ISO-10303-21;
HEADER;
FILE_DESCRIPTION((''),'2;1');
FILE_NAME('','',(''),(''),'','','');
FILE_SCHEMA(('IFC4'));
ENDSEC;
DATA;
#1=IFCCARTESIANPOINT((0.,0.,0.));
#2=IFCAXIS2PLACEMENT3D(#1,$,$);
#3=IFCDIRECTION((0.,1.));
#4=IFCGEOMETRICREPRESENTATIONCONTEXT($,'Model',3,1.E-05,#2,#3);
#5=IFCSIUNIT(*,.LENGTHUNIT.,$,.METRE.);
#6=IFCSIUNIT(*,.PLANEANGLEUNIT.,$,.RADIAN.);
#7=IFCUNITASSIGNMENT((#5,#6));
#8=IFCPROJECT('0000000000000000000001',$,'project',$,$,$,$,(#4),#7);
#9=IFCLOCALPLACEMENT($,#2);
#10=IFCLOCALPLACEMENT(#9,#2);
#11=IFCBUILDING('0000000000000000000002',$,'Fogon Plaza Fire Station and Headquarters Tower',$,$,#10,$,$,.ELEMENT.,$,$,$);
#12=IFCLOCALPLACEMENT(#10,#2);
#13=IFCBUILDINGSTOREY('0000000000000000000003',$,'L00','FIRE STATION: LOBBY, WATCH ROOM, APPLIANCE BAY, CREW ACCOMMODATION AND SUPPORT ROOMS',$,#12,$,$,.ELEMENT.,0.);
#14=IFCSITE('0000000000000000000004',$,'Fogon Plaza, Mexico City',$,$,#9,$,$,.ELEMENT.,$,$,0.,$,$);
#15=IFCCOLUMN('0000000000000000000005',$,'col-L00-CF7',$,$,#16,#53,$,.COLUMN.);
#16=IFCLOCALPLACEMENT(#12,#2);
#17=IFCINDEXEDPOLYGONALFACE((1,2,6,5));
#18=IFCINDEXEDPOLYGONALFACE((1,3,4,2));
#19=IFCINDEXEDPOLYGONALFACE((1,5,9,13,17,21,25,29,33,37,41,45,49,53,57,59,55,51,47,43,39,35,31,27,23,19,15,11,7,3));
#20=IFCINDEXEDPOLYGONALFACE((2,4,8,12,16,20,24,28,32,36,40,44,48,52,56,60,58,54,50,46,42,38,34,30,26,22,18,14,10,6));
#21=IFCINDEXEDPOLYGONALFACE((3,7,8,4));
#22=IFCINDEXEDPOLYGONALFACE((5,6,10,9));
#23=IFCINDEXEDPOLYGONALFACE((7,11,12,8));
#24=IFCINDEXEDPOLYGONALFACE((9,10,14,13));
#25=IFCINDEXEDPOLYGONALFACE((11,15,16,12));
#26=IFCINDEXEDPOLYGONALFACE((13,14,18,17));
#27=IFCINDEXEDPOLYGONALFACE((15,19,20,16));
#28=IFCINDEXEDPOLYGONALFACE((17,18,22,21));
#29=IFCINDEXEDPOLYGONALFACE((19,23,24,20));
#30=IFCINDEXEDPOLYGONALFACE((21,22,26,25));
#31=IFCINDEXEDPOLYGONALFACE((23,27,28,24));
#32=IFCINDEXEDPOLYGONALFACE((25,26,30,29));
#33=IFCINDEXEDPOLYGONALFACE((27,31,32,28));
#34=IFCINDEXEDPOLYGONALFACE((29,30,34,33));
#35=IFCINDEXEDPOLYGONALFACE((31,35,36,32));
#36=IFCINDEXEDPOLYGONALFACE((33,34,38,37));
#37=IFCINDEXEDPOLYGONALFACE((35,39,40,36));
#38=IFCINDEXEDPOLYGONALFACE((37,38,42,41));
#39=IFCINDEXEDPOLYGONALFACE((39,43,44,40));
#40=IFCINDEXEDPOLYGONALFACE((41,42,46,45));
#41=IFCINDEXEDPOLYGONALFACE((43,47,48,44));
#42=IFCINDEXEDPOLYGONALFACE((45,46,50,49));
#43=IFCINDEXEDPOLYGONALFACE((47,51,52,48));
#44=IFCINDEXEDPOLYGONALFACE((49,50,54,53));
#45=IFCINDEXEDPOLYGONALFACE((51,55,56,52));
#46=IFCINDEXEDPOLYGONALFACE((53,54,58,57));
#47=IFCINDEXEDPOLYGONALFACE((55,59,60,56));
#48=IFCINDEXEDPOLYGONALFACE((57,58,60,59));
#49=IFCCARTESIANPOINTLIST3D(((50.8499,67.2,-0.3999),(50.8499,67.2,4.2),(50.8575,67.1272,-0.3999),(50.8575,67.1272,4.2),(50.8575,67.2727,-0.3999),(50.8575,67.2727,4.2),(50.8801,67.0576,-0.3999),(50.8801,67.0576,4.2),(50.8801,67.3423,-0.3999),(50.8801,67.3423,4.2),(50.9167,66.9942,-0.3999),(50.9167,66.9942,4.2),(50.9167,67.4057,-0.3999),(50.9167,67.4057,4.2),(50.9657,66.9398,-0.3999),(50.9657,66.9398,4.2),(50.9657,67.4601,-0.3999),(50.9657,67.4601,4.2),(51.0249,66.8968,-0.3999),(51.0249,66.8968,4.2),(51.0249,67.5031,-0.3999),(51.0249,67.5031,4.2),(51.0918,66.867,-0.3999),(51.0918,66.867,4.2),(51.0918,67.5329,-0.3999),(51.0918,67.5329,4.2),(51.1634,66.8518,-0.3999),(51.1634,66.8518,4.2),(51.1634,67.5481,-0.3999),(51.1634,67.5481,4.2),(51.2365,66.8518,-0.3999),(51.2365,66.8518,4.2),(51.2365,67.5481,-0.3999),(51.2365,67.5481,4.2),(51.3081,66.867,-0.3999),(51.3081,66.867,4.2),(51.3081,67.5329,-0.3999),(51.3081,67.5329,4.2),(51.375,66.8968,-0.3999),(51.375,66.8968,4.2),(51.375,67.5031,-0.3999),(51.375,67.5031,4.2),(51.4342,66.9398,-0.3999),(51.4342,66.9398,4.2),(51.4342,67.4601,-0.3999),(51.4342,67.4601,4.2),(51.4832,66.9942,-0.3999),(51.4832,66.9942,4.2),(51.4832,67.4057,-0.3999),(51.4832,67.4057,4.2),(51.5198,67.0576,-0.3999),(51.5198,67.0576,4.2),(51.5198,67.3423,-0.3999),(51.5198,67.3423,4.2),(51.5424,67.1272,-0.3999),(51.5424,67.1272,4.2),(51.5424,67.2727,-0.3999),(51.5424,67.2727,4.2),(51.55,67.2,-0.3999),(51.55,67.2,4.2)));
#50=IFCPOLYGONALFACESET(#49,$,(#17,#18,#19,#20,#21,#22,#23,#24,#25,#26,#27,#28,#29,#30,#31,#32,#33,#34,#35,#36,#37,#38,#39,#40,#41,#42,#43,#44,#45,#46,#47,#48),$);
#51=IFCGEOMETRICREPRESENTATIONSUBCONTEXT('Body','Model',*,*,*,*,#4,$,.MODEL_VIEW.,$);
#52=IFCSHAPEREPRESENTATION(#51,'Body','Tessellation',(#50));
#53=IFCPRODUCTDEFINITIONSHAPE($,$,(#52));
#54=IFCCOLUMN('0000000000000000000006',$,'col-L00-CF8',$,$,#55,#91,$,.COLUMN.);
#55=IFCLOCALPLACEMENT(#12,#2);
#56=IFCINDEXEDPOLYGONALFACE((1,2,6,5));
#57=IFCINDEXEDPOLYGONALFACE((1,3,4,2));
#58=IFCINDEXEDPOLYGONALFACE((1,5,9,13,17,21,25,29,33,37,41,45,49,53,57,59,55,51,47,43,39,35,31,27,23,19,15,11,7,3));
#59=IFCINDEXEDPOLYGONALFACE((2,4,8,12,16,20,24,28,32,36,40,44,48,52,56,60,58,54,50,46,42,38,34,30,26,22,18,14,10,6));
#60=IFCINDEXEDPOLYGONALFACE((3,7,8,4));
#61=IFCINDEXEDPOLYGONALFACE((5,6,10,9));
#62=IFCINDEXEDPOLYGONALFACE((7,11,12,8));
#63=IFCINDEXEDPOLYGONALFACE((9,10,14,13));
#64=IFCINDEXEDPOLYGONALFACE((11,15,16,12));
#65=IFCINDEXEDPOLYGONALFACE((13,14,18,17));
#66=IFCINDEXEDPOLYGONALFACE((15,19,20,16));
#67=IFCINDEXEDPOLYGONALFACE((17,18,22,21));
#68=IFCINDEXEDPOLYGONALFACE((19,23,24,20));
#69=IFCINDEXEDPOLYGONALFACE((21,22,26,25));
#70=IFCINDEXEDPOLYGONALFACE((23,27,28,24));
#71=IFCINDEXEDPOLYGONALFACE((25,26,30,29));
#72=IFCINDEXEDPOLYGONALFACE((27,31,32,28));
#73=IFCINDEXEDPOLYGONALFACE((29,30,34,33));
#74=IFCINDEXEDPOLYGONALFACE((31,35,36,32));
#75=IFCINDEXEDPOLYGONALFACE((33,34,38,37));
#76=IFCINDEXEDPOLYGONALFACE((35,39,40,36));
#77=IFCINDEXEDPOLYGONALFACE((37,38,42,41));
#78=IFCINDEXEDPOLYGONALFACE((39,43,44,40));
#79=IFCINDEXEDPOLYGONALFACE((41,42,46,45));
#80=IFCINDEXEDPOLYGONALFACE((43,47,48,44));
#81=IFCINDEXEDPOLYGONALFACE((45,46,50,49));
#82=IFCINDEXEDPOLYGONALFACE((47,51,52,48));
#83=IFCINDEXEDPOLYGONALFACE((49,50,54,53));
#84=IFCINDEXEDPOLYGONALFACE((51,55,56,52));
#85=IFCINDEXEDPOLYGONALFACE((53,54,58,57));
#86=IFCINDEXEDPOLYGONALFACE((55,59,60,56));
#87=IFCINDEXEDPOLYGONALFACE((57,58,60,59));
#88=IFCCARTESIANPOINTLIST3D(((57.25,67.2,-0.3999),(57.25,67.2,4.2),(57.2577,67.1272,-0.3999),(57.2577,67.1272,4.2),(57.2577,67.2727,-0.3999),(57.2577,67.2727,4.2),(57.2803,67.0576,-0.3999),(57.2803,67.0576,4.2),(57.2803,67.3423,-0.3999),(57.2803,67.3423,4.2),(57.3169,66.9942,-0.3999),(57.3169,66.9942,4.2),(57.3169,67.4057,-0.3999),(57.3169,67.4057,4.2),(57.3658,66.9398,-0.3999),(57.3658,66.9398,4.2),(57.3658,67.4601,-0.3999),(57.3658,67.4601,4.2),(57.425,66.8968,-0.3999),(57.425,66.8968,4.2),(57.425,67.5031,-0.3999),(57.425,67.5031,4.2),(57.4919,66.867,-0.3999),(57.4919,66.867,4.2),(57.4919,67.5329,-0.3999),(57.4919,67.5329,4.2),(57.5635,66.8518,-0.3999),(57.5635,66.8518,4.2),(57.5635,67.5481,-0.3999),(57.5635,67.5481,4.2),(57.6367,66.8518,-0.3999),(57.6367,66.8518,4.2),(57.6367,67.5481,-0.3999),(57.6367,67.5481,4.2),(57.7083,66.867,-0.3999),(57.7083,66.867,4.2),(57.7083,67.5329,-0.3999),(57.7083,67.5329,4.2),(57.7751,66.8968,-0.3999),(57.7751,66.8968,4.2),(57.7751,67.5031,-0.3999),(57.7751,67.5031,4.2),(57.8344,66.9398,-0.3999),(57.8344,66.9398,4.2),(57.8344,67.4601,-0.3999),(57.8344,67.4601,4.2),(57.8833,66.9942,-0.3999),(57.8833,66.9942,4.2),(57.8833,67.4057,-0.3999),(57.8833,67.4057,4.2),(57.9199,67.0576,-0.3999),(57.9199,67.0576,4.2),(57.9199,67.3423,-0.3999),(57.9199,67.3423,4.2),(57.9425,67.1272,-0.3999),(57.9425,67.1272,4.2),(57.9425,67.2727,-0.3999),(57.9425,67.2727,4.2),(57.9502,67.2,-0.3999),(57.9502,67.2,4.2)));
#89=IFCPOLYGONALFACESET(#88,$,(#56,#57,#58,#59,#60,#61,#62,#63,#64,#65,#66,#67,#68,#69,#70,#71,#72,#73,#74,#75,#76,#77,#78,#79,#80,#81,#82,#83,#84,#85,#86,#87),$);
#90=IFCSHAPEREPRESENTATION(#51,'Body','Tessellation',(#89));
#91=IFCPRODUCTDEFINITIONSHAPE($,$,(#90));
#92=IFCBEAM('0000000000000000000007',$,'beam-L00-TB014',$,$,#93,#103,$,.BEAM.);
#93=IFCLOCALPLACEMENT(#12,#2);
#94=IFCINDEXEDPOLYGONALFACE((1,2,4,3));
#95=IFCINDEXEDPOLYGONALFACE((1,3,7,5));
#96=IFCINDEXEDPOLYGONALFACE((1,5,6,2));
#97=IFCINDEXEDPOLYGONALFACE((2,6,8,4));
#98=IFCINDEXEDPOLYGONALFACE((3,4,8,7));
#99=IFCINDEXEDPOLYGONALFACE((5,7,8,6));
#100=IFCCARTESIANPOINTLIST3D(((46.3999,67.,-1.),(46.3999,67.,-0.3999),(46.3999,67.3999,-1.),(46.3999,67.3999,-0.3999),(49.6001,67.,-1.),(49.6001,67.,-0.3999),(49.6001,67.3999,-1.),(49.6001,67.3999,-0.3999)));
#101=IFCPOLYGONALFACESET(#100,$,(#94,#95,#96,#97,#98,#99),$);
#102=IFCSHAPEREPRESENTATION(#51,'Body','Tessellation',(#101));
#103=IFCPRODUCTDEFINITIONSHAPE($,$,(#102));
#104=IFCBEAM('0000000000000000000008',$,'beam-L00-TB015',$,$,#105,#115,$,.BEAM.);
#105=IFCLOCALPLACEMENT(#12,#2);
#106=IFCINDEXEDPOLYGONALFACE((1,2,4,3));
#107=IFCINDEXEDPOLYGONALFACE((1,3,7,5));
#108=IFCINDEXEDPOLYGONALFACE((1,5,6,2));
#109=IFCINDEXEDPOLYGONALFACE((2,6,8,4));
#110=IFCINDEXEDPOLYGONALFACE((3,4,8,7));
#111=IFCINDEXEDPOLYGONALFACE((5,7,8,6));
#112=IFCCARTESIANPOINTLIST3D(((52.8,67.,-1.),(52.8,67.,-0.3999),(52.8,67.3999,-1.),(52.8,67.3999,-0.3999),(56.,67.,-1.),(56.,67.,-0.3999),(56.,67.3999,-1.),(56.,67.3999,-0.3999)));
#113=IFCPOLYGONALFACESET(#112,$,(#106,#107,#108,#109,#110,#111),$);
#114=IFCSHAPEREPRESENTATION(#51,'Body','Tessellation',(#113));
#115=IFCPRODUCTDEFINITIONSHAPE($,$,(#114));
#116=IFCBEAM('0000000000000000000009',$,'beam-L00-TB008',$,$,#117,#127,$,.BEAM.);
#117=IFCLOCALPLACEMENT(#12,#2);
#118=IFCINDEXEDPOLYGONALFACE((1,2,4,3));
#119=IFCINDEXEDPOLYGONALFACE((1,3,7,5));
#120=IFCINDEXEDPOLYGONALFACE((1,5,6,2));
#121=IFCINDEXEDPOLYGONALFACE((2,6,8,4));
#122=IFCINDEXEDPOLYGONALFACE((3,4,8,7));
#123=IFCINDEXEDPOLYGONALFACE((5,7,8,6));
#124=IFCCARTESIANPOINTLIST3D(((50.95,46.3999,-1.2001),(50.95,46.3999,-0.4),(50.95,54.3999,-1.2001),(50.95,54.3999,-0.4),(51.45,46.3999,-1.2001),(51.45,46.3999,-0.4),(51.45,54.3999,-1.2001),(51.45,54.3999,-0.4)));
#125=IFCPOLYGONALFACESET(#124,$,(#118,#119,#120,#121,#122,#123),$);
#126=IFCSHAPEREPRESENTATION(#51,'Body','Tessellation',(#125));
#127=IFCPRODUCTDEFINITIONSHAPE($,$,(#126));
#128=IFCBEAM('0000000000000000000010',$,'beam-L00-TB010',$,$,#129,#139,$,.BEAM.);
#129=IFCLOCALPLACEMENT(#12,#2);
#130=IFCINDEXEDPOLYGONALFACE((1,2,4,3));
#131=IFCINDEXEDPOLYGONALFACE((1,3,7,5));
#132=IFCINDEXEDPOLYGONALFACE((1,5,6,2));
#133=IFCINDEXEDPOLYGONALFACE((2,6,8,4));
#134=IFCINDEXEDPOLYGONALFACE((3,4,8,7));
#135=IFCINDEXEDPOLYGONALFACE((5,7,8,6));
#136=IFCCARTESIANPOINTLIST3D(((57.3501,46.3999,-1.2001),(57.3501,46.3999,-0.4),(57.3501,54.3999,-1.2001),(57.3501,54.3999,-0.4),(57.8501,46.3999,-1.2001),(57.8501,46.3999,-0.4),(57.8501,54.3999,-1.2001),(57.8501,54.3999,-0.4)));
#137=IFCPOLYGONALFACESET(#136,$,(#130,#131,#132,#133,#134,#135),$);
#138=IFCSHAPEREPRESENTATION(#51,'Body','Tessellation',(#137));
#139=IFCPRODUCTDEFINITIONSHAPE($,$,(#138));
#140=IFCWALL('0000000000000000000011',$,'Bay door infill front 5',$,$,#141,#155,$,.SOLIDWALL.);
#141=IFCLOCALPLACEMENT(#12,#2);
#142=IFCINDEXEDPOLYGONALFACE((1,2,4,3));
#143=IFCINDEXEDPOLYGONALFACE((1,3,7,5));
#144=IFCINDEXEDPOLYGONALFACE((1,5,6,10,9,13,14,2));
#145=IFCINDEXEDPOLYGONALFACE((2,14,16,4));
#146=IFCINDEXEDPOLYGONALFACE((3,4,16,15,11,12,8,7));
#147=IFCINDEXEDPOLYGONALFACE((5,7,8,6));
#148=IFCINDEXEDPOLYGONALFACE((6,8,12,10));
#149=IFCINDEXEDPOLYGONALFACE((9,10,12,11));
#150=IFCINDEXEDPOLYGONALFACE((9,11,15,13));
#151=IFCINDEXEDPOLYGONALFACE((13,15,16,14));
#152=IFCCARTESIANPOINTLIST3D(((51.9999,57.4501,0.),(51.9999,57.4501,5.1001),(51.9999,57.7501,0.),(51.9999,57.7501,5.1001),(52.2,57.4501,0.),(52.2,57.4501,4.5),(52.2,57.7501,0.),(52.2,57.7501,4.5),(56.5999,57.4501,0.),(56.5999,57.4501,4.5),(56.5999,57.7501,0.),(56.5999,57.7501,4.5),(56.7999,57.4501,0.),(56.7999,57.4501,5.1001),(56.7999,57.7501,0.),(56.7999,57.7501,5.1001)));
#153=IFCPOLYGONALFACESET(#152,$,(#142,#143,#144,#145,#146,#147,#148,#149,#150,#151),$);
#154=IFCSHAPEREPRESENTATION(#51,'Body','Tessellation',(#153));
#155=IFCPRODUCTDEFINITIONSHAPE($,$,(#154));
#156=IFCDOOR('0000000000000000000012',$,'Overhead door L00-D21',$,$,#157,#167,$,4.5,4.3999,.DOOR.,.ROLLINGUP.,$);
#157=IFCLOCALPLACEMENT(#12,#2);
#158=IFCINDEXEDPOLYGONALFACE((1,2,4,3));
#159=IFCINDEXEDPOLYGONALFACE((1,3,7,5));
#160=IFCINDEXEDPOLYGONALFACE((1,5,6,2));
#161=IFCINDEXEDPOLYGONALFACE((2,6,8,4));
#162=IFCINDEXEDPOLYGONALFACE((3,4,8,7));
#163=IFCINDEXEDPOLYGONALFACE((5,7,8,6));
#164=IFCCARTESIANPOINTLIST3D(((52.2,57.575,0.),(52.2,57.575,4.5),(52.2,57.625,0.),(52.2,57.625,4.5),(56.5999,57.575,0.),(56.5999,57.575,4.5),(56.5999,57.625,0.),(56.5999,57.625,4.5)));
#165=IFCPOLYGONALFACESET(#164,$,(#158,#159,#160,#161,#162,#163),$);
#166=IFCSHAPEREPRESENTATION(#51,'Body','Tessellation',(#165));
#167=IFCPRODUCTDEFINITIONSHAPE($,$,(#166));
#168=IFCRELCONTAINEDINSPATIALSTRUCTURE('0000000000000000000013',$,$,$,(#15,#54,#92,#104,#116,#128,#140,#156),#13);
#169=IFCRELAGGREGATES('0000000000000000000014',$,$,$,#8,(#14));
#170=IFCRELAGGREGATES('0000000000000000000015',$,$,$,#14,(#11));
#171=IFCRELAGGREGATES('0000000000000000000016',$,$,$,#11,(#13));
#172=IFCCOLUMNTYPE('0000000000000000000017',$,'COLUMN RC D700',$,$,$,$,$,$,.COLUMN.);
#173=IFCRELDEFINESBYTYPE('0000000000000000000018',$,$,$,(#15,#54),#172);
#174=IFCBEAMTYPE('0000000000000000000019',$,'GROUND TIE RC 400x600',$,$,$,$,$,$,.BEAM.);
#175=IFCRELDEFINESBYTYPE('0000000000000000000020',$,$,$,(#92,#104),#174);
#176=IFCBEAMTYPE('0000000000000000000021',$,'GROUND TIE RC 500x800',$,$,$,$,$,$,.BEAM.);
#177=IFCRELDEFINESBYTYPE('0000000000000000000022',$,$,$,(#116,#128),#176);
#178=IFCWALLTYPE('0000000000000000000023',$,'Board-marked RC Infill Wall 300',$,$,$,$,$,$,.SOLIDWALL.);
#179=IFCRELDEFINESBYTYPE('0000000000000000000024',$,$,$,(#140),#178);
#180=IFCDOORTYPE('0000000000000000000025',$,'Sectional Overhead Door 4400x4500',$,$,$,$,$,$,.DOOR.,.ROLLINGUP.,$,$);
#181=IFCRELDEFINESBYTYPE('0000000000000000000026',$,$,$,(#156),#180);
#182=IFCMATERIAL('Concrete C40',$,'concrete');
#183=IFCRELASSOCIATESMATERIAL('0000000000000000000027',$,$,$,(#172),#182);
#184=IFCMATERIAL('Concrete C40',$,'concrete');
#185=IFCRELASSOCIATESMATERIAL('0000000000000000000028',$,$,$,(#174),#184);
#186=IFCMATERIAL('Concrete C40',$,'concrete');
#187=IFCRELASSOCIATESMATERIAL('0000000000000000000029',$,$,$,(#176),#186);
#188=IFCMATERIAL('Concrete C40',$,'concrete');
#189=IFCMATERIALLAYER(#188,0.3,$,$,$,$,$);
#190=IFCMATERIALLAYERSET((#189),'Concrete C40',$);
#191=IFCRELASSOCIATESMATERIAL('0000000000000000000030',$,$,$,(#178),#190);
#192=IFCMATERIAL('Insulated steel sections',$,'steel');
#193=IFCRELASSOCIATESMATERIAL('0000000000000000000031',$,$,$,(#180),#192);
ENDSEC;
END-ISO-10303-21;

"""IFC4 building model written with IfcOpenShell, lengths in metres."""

from ifc_helpers import new_model, si_unit, direction, frame, frame_2d, origin, origin_2d, place, context, subcontext, project, spatial, rectangle, circle, extrude, material, layer, layer_set, material_profile, profile_set, type_object, element, fill, save


model = new_model("IFC4")

# Units and contexts
model_context = context("Model", 3, precision=1e-05, world=origin(), true_north=direction((0.0, 1.0)))
body_context = subcontext(model_context, "Body", "Model", "MODEL_VIEW")
ifc_project = project(units=[si_unit("LENGTHUNIT", "METRE"), si_unit("PLANEANGLEUNIT", "RADIAN")], contexts=[model_context])

# Site, building, storey
site_placement = place(None, origin())
site = spatial("IfcSite", under=ifc_project, at=site_placement, Name="Fogon Plaza, Mexico City", CompositionType="ELEMENT", RefElevation=0.0)
building_placement = place(site_placement, origin())
building = spatial("IfcBuilding", under=site, at=building_placement, Name="Fogon Plaza Fire Station and Headquarters Tower", CompositionType="ELEMENT")
storey_placement = place(building_placement, origin())
storey = spatial("IfcBuildingStorey", under=building, at=storey_placement, Name="L00", Description="FIRE STATION: LOBBY, WATCH ROOM, APPLIANCE BAY, CREW ACCOMMODATION AND SUPPORT ROOMS", CompositionType="ELEMENT", Elevation=0.0)

# Columns
ifc_material_1 = material(Name="Concrete C40", Category="concrete")
ifc_material_profile_1 = material_profile(ifc_material_1, circle(Radius=0.3501, at=origin_2d()), Name="RC D700")
ifc_profile_set_1 = profile_set([ifc_material_profile_1], Name="Concrete C40")
column_type_1 = type_object("IfcColumnType", Name="COLUMN RC D700", PredefinedType="COLUMN", material=ifc_profile_set_1)
for number, where, z_axis, x_axis, name in (
    (1, (51.2, 67.2, -0.3999), (0.0, 0.0, 1.0), (1.0, 0.0, 0.0), "col-L00-CF7"),
    (2, (57.6001, 67.2, -0.3999), (0.0, 0.0, 1.0), (1.0, 0.0, 0.0), "col-L00-CF8"),
):
    element("IfcColumn", number, at=place(storey_placement, frame(where, z_axis=z_axis, x_axis=x_axis)), inside=storey, type_object=column_type_1, Name=name, PredefinedType="COLUMN", context=body_context, shape_type="SweptSolid", body=[
        extrude(circle(Radius=0.3501, at=origin_2d()), origin(), (0.0, 0.0, 1.0), 4.5999),
    ])

# Beams
ifc_material_2 = material(Name="Concrete C40", Category="concrete")
ifc_material_profile_2 = material_profile(ifc_material_2, rectangle(XDim=0.3999, YDim=0.6001, at=origin_2d()), Name="RC 400x600")
ifc_profile_set_2 = profile_set([ifc_material_profile_2], Name="Concrete C40")
beam_type_1 = type_object("IfcBeamType", Name="GROUND TIE RC 400x600", PredefinedType="BEAM", material=ifc_profile_set_2)
beam_1_placement = place(storey_placement, frame((46.3999, 67.2, -0.7), z_axis=(1.0, 0.0, 0.0), x_axis=(0.0, 1.0, 0.0)))
element("IfcBeam", 3, at=beam_1_placement, inside=storey, type_object=beam_type_1, Name="beam-L00-TB014", PredefinedType="BEAM", context=body_context, shape_type="SweptSolid", body=[
    extrude(rectangle(XDim=0.3999, YDim=0.6001, at=origin_2d()), origin(), (0.0, 0.0, 1.0), 3.2002),
])
beam_2_placement = place(storey_placement, frame((52.8, 67.2, -0.7), z_axis=(1.0, 0.0, 0.0), x_axis=(0.0, 1.0, 0.0)))
element("IfcBeam", 4, at=beam_2_placement, inside=storey, type_object=beam_type_1, Name="beam-L00-TB015", PredefinedType="BEAM", context=body_context, shape_type="SweptSolid", body=[
    extrude(rectangle(XDim=0.3999, YDim=0.6001, at=origin_2d()), origin(), (0.0, 0.0, 1.0), 3.2),
])
ifc_material_3 = material(Name="Concrete C40", Category="concrete")
ifc_material_profile_3 = material_profile(ifc_material_3, rectangle(XDim=0.5, YDim=0.8, at=origin_2d()), Name="RC 500x800")
ifc_profile_set_3 = profile_set([ifc_material_profile_3], Name="Concrete C40")
beam_type_2 = type_object("IfcBeamType", Name="GROUND TIE RC 500x800", PredefinedType="BEAM", material=ifc_profile_set_3)
for number, where, z_axis, x_axis, name in (
    (5, (51.2, 46.3999, -0.8), (0.0, 1.0, 0.0), (-1.0, 0.0, 0.0), "beam-L00-TB008"),
    (6, (57.6001, 46.3999, -0.8), (0.0, 1.0, 0.0), (-1.0, 0.0, 0.0), "beam-L00-TB010"),
):
    element("IfcBeam", number, at=place(storey_placement, frame(where, z_axis=z_axis, x_axis=x_axis)), inside=storey, type_object=beam_type_2, Name=name, PredefinedType="BEAM", context=body_context, shape_type="SweptSolid", body=[
        extrude(rectangle(XDim=0.5, YDim=0.8, at=origin_2d()), origin(), (0.0, 0.0, 1.0), 8.0),
    ])

# Wall, opening, door
ifc_material_4 = material(Name="Concrete C40", Category="concrete")
ifc_layer = layer(ifc_material_4, 0.3)
ifc_layer_set = layer_set([ifc_layer], Name="Concrete C40")
wall_type = type_object("IfcWallType", Name="Board-marked RC Infill Wall 300", PredefinedType="SOLIDWALL", material=ifc_layer_set)
wall_1_placement = place(storey_placement, frame((52.0, 57.6001, 0.0), z_axis=(0.0, 0.0, 1.0), x_axis=(1.0, 0.0, 0.0)))
wall_1 = element("IfcWall", 7, at=wall_1_placement, inside=storey, type_object=wall_type, Name="Bay door infill front 5", PredefinedType="SOLIDWALL", context=body_context, shape_type="SweptSolid", body=[
    extrude(rectangle(XDim=4.8, YDim=0.3, at=frame_2d((2.3999, 0.0))), origin(), (0.0, 0.0, 1.0), 5.1001),
])
opening_1_placement = place(wall_1_placement, frame((0.2, 0.0, 0.0)))
opening_1 = element("IfcOpeningElement", 8, at=opening_1_placement, cuts=wall_1, PredefinedType="OPENING", context=body_context, shape_type="SweptSolid", body=[
    extrude(rectangle(XDim=4.3999, YDim=4.5, at=frame_2d((2.2, 2.25))), frame((0.0, 0.1599, 0.0), z_axis=(0.0, -1.0, 0.0), x_axis=(1.0, 0.0, 0.0)), (0.0, 0.0, 1.0), 0.3201),
])
ifc_material_5 = material(Name="Insulated steel sections", Category="steel")
door_type = type_object("IfcDoorType", Name="Sectional Overhead Door 4400x4500", OperationType="ROLLINGUP", PredefinedType="DOOR", material=ifc_material_5)
door_1_placement = place(opening_1_placement, origin())
door_1 = element("IfcDoor", 9, at=door_1_placement, inside=storey, type_object=door_type, Name="Overhead door L00-D21", OperationType="ROLLINGUP", OverallHeight=4.5, OverallWidth=4.3999, PredefinedType="DOOR", context=body_context, shape_type="SweptSolid", body=[
    extrude(rectangle(XDim=4.3999, YDim=4.5, at=frame_2d((2.2, 2.25))), frame((0.0, 0.0249, 0.0), z_axis=(0.0, -1.0, 0.0), x_axis=(1.0, 0.0, 0.0)), (0.0, 0.0, 1.0), 0.05),
])
fill(opening_1, door_1)

save(model, "model.ifc")
